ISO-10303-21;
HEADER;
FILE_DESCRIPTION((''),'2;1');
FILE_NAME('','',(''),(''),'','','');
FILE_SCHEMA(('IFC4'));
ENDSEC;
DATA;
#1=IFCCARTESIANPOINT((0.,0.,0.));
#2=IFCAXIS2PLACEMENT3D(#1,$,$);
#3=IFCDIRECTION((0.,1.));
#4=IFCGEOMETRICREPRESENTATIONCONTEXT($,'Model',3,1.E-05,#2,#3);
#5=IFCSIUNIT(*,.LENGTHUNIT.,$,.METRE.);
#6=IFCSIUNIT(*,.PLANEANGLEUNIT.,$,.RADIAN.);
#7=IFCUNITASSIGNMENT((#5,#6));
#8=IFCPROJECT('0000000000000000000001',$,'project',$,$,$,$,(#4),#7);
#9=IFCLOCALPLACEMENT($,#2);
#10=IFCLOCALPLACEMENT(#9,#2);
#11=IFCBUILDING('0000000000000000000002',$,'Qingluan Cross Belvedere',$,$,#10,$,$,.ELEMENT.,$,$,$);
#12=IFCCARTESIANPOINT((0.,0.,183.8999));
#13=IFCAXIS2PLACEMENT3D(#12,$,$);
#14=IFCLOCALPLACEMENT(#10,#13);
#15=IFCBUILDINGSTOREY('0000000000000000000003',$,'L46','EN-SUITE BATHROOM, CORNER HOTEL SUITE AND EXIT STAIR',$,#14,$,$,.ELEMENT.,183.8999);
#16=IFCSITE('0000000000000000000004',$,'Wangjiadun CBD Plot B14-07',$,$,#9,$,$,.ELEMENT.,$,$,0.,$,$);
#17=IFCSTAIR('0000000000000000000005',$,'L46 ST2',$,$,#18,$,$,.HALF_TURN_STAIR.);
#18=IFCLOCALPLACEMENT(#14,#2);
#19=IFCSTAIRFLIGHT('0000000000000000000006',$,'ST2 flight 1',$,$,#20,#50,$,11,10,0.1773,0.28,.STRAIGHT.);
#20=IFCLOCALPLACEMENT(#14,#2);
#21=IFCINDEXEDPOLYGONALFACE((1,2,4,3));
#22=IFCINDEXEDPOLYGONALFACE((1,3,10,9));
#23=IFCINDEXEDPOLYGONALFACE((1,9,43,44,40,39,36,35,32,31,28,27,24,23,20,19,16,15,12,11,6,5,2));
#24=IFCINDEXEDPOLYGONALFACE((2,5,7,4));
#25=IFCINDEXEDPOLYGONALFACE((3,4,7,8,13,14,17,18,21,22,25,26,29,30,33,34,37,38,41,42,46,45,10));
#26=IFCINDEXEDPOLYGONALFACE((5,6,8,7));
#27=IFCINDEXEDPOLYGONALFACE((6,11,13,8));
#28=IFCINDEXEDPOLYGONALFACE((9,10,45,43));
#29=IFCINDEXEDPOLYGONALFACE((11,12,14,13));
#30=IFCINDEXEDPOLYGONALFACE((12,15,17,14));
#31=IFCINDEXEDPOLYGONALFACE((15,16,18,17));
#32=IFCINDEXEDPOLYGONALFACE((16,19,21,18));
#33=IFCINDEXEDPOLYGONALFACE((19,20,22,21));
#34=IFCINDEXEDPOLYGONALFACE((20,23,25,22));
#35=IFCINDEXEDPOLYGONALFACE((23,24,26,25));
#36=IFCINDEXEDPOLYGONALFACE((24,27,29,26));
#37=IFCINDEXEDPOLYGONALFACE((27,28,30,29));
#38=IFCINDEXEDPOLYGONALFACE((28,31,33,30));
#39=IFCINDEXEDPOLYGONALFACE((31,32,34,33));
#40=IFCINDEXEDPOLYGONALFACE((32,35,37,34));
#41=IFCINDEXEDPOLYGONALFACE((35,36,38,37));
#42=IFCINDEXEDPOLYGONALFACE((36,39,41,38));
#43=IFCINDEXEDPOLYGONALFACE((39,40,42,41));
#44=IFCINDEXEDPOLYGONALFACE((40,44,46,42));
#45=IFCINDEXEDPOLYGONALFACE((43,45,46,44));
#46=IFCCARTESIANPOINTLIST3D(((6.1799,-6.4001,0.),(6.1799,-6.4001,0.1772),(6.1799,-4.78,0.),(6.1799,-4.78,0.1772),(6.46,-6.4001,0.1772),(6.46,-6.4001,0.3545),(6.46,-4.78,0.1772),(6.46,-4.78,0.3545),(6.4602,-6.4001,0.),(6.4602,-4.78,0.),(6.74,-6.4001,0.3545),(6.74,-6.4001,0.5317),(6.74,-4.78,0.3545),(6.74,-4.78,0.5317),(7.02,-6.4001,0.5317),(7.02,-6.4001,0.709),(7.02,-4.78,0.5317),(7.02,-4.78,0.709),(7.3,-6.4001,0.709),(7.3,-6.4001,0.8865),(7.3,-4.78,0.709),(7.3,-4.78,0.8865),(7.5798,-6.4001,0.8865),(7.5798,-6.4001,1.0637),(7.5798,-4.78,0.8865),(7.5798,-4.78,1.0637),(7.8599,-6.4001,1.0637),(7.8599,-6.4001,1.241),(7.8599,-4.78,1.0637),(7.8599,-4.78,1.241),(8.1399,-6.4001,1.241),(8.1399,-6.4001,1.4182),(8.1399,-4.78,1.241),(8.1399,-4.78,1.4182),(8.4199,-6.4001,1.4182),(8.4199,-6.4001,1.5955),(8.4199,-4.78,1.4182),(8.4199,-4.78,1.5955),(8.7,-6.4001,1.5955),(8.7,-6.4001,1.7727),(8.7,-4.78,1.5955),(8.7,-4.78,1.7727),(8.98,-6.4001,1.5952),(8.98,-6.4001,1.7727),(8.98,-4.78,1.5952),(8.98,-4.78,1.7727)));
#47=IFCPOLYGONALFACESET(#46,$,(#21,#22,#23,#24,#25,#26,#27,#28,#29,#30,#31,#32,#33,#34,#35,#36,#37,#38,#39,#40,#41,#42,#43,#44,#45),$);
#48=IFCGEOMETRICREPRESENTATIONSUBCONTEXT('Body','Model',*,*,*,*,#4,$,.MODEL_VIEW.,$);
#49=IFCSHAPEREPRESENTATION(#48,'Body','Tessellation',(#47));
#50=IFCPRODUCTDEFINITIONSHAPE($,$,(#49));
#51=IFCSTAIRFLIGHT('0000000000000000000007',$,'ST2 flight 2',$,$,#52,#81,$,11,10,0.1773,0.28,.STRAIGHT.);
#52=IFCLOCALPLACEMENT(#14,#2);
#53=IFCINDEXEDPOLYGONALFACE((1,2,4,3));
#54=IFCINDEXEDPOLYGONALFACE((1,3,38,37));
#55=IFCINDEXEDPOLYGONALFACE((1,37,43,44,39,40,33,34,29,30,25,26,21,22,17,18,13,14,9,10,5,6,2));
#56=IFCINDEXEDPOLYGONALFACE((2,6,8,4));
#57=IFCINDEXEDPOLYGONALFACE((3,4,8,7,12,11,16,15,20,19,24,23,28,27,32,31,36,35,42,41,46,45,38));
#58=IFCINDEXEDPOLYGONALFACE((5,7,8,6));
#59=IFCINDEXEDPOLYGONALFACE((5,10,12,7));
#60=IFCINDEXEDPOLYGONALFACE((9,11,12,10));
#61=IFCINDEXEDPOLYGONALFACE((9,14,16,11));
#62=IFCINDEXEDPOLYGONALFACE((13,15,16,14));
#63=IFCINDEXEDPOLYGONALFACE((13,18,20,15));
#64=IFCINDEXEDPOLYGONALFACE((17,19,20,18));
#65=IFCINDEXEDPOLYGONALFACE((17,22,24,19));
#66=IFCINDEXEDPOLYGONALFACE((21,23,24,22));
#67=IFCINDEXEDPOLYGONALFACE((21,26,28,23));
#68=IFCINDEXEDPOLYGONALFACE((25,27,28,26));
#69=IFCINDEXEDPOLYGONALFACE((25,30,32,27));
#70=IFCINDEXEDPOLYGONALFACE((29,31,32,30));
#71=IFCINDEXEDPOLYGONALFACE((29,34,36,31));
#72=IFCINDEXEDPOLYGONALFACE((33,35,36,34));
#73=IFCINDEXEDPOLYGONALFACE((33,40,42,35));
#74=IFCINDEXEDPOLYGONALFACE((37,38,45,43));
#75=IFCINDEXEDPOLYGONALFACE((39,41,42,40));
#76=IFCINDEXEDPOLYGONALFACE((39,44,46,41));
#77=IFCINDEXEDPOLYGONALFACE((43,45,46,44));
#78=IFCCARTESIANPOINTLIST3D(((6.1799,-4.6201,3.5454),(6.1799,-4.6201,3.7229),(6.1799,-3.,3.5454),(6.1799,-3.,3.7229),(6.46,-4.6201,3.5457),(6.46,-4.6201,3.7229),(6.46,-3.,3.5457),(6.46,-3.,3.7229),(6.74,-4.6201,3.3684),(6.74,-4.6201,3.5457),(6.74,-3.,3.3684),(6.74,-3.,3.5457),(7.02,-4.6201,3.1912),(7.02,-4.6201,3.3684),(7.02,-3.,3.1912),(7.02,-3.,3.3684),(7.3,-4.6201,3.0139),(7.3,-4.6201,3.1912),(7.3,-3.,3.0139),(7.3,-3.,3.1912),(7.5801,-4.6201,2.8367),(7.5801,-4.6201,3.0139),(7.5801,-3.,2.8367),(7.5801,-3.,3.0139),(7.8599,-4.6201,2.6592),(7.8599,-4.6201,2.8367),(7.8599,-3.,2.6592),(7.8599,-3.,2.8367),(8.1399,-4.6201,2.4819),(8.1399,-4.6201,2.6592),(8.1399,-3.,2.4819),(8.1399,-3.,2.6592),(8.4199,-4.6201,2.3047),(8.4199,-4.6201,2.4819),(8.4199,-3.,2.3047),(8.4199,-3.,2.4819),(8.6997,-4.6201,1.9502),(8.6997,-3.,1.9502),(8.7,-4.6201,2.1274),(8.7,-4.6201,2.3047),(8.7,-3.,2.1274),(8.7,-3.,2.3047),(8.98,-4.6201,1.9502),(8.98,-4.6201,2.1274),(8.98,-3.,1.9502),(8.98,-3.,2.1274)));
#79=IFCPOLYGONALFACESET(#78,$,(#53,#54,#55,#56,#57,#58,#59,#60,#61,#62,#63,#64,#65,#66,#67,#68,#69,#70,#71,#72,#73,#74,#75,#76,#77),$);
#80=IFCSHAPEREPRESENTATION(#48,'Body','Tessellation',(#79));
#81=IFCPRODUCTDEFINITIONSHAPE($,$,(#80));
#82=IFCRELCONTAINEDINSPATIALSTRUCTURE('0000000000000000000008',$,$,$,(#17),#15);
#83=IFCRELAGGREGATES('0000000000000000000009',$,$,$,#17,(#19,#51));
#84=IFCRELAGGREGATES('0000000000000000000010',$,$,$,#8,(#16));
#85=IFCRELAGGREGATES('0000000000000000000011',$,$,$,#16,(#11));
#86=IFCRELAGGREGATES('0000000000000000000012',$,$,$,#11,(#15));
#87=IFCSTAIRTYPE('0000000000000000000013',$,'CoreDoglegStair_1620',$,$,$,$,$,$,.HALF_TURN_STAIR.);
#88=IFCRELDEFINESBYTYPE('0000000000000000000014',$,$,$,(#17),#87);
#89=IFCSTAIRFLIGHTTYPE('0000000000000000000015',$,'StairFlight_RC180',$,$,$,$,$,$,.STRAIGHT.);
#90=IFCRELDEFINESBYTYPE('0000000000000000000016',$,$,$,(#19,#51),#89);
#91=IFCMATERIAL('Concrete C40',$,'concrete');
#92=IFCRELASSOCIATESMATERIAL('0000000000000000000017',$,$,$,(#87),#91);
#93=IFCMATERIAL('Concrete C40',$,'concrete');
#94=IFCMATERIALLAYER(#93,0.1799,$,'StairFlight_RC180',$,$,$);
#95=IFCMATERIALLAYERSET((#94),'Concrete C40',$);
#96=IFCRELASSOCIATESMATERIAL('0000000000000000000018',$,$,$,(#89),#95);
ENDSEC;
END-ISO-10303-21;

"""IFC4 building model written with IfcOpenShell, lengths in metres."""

from ifc_helpers import new_model, si_unit, direction, frame, origin, place, context, subcontext, project, spatial, polyline, outline, extrude, material, layer, layer_set, type_object, element, aggregate, save


model = new_model("IFC4")

# Units and contexts
model_context = context("Model", 3, precision=1e-05, world=origin(), true_north=direction((0.0, 1.0)))
body_context = subcontext(model_context, "Body", "Model", "MODEL_VIEW")
ifc_project = project(units=[si_unit("LENGTHUNIT", "METRE"), si_unit("PLANEANGLEUNIT", "RADIAN")], contexts=[model_context])

# Site, building, storey
site_placement = place(None, origin())
site = spatial("IfcSite", under=ifc_project, at=site_placement, Name="Wangjiadun CBD Plot B14-07", CompositionType="ELEMENT", RefElevation=0.0)
building_placement = place(site_placement, origin())
building = spatial("IfcBuilding", under=site, at=building_placement, Name="Qingluan Cross Belvedere", CompositionType="ELEMENT")
storey_placement = place(building_placement, frame((0.0, 0.0, 183.8999)))
storey = spatial("IfcBuildingStorey", under=building, at=storey_placement, Name="L46", Description="EN-SUITE BATHROOM, CORNER HOTEL SUITE AND EXIT STAIR", CompositionType="ELEMENT", Elevation=183.8999)

# Stair, stair flights
ifc_material_1 = material(Name="Concrete C40", Category="concrete")
stair_type = type_object("IfcStairType", Name="CoreDoglegStair_1620", PredefinedType="HALF_TURN_STAIR", material=ifc_material_1)
stair_placement = place(storey_placement, origin())
stair = element("IfcStair", 1, at=stair_placement, inside=storey, type_object=stair_type, Name="L46 ST2", PredefinedType="HALF_TURN_STAIR")
ifc_material_2 = material(Name="Concrete C40", Category="concrete")
ifc_layer_1 = layer(ifc_material_2, 0.1799, Name="StairFlight_RC180")
ifc_layer_set_1 = layer_set([ifc_layer_1], Name="Concrete C40")
stair_flight_type = type_object("IfcStairFlightType", Name="StairFlight_RC180", PredefinedType="STRAIGHT", material=ifc_layer_set_1)
stair_flight_1_placement = place(storey_placement, frame((6.1799, -5.5901, 0.0), z_axis=(0.0, 0.0, 1.0), x_axis=(1.0, 0.0, 0.0)))
stair_flight_1 = element("IfcStairFlight", 2, at=stair_flight_1_placement, type_object=stair_flight_type, Name="ST2 flight 1", NumberOfRisers=11, NumberOfTreads=10, PredefinedType="STRAIGHT", RiserHeight=0.1773, TreadLength=0.28, context=body_context, shape_type="SweptSolid", body=[
    extrude(outline(polyline([(0.0, 0.0), (0.0, 0.1772), (0.28, 0.1772), (0.28, 0.3545), (0.5601, 0.3545), (0.5601, 0.5317), (0.8401, 0.5317), (0.8401, 0.709), (1.1201, 0.709), (1.1201, 0.8865), (1.3999, 0.8865), (1.3999, 1.0637), (1.6799, 1.0637), (1.6799, 1.241), (1.96, 1.241), (1.96, 1.4182), (2.24, 1.4182), (2.24, 1.5955), (2.52, 1.5955), (2.52, 1.7727), (2.8, 1.7727), (2.8, 1.95), (2.8, 1.5952), (0.2803, 0.0), (0.0, 0.0)])), frame((0.0, 0.8101, 0.0), z_axis=(0.0, -1.0, 0.0), x_axis=(1.0, 0.0, 0.0)), (0.0, 0.0, 1.0), 1.6201),
])
stair_flight_2_placement = place(storey_placement, frame((8.98, -3.8101, 1.9502), z_axis=(0.0, 0.0, 1.0), x_axis=(-1.0, 0.0, 0.0)))
stair_flight_2 = element("IfcStairFlight", 3, at=stair_flight_2_placement, type_object=stair_flight_type, Name="ST2 flight 2", NumberOfRisers=11, NumberOfTreads=10, PredefinedType="STRAIGHT", RiserHeight=0.1773, TreadLength=0.28, context=body_context, shape_type="SweptSolid", body=[
    extrude(outline(polyline([(0.0, 0.0), (0.0, 0.1772), (0.28, 0.1772), (0.28, 0.3545), (0.5601, 0.3545), (0.5601, 0.5317), (0.8401, 0.5317), (0.8401, 0.709), (1.1201, 0.709), (1.1201, 0.8865), (1.3999, 0.8865), (1.3999, 1.0637), (1.6799, 1.0637), (1.6799, 1.241), (1.96, 1.241), (1.96, 1.4182), (2.24, 1.4182), (2.24, 1.5955), (2.52, 1.5955), (2.52, 1.7727), (2.8, 1.7727), (2.8, 1.95), (2.8, 1.5952), (0.2803, 0.0), (0.0, 0.0)])), frame((0.0, 0.8101, 0.0), z_axis=(0.0, -1.0, 0.0), x_axis=(1.0, 0.0, 0.0)), (0.0, 0.0, 1.0), 1.6201),
])
aggregate(stair, [stair_flight_1, stair_flight_2])

save(model, "model.ifc")
